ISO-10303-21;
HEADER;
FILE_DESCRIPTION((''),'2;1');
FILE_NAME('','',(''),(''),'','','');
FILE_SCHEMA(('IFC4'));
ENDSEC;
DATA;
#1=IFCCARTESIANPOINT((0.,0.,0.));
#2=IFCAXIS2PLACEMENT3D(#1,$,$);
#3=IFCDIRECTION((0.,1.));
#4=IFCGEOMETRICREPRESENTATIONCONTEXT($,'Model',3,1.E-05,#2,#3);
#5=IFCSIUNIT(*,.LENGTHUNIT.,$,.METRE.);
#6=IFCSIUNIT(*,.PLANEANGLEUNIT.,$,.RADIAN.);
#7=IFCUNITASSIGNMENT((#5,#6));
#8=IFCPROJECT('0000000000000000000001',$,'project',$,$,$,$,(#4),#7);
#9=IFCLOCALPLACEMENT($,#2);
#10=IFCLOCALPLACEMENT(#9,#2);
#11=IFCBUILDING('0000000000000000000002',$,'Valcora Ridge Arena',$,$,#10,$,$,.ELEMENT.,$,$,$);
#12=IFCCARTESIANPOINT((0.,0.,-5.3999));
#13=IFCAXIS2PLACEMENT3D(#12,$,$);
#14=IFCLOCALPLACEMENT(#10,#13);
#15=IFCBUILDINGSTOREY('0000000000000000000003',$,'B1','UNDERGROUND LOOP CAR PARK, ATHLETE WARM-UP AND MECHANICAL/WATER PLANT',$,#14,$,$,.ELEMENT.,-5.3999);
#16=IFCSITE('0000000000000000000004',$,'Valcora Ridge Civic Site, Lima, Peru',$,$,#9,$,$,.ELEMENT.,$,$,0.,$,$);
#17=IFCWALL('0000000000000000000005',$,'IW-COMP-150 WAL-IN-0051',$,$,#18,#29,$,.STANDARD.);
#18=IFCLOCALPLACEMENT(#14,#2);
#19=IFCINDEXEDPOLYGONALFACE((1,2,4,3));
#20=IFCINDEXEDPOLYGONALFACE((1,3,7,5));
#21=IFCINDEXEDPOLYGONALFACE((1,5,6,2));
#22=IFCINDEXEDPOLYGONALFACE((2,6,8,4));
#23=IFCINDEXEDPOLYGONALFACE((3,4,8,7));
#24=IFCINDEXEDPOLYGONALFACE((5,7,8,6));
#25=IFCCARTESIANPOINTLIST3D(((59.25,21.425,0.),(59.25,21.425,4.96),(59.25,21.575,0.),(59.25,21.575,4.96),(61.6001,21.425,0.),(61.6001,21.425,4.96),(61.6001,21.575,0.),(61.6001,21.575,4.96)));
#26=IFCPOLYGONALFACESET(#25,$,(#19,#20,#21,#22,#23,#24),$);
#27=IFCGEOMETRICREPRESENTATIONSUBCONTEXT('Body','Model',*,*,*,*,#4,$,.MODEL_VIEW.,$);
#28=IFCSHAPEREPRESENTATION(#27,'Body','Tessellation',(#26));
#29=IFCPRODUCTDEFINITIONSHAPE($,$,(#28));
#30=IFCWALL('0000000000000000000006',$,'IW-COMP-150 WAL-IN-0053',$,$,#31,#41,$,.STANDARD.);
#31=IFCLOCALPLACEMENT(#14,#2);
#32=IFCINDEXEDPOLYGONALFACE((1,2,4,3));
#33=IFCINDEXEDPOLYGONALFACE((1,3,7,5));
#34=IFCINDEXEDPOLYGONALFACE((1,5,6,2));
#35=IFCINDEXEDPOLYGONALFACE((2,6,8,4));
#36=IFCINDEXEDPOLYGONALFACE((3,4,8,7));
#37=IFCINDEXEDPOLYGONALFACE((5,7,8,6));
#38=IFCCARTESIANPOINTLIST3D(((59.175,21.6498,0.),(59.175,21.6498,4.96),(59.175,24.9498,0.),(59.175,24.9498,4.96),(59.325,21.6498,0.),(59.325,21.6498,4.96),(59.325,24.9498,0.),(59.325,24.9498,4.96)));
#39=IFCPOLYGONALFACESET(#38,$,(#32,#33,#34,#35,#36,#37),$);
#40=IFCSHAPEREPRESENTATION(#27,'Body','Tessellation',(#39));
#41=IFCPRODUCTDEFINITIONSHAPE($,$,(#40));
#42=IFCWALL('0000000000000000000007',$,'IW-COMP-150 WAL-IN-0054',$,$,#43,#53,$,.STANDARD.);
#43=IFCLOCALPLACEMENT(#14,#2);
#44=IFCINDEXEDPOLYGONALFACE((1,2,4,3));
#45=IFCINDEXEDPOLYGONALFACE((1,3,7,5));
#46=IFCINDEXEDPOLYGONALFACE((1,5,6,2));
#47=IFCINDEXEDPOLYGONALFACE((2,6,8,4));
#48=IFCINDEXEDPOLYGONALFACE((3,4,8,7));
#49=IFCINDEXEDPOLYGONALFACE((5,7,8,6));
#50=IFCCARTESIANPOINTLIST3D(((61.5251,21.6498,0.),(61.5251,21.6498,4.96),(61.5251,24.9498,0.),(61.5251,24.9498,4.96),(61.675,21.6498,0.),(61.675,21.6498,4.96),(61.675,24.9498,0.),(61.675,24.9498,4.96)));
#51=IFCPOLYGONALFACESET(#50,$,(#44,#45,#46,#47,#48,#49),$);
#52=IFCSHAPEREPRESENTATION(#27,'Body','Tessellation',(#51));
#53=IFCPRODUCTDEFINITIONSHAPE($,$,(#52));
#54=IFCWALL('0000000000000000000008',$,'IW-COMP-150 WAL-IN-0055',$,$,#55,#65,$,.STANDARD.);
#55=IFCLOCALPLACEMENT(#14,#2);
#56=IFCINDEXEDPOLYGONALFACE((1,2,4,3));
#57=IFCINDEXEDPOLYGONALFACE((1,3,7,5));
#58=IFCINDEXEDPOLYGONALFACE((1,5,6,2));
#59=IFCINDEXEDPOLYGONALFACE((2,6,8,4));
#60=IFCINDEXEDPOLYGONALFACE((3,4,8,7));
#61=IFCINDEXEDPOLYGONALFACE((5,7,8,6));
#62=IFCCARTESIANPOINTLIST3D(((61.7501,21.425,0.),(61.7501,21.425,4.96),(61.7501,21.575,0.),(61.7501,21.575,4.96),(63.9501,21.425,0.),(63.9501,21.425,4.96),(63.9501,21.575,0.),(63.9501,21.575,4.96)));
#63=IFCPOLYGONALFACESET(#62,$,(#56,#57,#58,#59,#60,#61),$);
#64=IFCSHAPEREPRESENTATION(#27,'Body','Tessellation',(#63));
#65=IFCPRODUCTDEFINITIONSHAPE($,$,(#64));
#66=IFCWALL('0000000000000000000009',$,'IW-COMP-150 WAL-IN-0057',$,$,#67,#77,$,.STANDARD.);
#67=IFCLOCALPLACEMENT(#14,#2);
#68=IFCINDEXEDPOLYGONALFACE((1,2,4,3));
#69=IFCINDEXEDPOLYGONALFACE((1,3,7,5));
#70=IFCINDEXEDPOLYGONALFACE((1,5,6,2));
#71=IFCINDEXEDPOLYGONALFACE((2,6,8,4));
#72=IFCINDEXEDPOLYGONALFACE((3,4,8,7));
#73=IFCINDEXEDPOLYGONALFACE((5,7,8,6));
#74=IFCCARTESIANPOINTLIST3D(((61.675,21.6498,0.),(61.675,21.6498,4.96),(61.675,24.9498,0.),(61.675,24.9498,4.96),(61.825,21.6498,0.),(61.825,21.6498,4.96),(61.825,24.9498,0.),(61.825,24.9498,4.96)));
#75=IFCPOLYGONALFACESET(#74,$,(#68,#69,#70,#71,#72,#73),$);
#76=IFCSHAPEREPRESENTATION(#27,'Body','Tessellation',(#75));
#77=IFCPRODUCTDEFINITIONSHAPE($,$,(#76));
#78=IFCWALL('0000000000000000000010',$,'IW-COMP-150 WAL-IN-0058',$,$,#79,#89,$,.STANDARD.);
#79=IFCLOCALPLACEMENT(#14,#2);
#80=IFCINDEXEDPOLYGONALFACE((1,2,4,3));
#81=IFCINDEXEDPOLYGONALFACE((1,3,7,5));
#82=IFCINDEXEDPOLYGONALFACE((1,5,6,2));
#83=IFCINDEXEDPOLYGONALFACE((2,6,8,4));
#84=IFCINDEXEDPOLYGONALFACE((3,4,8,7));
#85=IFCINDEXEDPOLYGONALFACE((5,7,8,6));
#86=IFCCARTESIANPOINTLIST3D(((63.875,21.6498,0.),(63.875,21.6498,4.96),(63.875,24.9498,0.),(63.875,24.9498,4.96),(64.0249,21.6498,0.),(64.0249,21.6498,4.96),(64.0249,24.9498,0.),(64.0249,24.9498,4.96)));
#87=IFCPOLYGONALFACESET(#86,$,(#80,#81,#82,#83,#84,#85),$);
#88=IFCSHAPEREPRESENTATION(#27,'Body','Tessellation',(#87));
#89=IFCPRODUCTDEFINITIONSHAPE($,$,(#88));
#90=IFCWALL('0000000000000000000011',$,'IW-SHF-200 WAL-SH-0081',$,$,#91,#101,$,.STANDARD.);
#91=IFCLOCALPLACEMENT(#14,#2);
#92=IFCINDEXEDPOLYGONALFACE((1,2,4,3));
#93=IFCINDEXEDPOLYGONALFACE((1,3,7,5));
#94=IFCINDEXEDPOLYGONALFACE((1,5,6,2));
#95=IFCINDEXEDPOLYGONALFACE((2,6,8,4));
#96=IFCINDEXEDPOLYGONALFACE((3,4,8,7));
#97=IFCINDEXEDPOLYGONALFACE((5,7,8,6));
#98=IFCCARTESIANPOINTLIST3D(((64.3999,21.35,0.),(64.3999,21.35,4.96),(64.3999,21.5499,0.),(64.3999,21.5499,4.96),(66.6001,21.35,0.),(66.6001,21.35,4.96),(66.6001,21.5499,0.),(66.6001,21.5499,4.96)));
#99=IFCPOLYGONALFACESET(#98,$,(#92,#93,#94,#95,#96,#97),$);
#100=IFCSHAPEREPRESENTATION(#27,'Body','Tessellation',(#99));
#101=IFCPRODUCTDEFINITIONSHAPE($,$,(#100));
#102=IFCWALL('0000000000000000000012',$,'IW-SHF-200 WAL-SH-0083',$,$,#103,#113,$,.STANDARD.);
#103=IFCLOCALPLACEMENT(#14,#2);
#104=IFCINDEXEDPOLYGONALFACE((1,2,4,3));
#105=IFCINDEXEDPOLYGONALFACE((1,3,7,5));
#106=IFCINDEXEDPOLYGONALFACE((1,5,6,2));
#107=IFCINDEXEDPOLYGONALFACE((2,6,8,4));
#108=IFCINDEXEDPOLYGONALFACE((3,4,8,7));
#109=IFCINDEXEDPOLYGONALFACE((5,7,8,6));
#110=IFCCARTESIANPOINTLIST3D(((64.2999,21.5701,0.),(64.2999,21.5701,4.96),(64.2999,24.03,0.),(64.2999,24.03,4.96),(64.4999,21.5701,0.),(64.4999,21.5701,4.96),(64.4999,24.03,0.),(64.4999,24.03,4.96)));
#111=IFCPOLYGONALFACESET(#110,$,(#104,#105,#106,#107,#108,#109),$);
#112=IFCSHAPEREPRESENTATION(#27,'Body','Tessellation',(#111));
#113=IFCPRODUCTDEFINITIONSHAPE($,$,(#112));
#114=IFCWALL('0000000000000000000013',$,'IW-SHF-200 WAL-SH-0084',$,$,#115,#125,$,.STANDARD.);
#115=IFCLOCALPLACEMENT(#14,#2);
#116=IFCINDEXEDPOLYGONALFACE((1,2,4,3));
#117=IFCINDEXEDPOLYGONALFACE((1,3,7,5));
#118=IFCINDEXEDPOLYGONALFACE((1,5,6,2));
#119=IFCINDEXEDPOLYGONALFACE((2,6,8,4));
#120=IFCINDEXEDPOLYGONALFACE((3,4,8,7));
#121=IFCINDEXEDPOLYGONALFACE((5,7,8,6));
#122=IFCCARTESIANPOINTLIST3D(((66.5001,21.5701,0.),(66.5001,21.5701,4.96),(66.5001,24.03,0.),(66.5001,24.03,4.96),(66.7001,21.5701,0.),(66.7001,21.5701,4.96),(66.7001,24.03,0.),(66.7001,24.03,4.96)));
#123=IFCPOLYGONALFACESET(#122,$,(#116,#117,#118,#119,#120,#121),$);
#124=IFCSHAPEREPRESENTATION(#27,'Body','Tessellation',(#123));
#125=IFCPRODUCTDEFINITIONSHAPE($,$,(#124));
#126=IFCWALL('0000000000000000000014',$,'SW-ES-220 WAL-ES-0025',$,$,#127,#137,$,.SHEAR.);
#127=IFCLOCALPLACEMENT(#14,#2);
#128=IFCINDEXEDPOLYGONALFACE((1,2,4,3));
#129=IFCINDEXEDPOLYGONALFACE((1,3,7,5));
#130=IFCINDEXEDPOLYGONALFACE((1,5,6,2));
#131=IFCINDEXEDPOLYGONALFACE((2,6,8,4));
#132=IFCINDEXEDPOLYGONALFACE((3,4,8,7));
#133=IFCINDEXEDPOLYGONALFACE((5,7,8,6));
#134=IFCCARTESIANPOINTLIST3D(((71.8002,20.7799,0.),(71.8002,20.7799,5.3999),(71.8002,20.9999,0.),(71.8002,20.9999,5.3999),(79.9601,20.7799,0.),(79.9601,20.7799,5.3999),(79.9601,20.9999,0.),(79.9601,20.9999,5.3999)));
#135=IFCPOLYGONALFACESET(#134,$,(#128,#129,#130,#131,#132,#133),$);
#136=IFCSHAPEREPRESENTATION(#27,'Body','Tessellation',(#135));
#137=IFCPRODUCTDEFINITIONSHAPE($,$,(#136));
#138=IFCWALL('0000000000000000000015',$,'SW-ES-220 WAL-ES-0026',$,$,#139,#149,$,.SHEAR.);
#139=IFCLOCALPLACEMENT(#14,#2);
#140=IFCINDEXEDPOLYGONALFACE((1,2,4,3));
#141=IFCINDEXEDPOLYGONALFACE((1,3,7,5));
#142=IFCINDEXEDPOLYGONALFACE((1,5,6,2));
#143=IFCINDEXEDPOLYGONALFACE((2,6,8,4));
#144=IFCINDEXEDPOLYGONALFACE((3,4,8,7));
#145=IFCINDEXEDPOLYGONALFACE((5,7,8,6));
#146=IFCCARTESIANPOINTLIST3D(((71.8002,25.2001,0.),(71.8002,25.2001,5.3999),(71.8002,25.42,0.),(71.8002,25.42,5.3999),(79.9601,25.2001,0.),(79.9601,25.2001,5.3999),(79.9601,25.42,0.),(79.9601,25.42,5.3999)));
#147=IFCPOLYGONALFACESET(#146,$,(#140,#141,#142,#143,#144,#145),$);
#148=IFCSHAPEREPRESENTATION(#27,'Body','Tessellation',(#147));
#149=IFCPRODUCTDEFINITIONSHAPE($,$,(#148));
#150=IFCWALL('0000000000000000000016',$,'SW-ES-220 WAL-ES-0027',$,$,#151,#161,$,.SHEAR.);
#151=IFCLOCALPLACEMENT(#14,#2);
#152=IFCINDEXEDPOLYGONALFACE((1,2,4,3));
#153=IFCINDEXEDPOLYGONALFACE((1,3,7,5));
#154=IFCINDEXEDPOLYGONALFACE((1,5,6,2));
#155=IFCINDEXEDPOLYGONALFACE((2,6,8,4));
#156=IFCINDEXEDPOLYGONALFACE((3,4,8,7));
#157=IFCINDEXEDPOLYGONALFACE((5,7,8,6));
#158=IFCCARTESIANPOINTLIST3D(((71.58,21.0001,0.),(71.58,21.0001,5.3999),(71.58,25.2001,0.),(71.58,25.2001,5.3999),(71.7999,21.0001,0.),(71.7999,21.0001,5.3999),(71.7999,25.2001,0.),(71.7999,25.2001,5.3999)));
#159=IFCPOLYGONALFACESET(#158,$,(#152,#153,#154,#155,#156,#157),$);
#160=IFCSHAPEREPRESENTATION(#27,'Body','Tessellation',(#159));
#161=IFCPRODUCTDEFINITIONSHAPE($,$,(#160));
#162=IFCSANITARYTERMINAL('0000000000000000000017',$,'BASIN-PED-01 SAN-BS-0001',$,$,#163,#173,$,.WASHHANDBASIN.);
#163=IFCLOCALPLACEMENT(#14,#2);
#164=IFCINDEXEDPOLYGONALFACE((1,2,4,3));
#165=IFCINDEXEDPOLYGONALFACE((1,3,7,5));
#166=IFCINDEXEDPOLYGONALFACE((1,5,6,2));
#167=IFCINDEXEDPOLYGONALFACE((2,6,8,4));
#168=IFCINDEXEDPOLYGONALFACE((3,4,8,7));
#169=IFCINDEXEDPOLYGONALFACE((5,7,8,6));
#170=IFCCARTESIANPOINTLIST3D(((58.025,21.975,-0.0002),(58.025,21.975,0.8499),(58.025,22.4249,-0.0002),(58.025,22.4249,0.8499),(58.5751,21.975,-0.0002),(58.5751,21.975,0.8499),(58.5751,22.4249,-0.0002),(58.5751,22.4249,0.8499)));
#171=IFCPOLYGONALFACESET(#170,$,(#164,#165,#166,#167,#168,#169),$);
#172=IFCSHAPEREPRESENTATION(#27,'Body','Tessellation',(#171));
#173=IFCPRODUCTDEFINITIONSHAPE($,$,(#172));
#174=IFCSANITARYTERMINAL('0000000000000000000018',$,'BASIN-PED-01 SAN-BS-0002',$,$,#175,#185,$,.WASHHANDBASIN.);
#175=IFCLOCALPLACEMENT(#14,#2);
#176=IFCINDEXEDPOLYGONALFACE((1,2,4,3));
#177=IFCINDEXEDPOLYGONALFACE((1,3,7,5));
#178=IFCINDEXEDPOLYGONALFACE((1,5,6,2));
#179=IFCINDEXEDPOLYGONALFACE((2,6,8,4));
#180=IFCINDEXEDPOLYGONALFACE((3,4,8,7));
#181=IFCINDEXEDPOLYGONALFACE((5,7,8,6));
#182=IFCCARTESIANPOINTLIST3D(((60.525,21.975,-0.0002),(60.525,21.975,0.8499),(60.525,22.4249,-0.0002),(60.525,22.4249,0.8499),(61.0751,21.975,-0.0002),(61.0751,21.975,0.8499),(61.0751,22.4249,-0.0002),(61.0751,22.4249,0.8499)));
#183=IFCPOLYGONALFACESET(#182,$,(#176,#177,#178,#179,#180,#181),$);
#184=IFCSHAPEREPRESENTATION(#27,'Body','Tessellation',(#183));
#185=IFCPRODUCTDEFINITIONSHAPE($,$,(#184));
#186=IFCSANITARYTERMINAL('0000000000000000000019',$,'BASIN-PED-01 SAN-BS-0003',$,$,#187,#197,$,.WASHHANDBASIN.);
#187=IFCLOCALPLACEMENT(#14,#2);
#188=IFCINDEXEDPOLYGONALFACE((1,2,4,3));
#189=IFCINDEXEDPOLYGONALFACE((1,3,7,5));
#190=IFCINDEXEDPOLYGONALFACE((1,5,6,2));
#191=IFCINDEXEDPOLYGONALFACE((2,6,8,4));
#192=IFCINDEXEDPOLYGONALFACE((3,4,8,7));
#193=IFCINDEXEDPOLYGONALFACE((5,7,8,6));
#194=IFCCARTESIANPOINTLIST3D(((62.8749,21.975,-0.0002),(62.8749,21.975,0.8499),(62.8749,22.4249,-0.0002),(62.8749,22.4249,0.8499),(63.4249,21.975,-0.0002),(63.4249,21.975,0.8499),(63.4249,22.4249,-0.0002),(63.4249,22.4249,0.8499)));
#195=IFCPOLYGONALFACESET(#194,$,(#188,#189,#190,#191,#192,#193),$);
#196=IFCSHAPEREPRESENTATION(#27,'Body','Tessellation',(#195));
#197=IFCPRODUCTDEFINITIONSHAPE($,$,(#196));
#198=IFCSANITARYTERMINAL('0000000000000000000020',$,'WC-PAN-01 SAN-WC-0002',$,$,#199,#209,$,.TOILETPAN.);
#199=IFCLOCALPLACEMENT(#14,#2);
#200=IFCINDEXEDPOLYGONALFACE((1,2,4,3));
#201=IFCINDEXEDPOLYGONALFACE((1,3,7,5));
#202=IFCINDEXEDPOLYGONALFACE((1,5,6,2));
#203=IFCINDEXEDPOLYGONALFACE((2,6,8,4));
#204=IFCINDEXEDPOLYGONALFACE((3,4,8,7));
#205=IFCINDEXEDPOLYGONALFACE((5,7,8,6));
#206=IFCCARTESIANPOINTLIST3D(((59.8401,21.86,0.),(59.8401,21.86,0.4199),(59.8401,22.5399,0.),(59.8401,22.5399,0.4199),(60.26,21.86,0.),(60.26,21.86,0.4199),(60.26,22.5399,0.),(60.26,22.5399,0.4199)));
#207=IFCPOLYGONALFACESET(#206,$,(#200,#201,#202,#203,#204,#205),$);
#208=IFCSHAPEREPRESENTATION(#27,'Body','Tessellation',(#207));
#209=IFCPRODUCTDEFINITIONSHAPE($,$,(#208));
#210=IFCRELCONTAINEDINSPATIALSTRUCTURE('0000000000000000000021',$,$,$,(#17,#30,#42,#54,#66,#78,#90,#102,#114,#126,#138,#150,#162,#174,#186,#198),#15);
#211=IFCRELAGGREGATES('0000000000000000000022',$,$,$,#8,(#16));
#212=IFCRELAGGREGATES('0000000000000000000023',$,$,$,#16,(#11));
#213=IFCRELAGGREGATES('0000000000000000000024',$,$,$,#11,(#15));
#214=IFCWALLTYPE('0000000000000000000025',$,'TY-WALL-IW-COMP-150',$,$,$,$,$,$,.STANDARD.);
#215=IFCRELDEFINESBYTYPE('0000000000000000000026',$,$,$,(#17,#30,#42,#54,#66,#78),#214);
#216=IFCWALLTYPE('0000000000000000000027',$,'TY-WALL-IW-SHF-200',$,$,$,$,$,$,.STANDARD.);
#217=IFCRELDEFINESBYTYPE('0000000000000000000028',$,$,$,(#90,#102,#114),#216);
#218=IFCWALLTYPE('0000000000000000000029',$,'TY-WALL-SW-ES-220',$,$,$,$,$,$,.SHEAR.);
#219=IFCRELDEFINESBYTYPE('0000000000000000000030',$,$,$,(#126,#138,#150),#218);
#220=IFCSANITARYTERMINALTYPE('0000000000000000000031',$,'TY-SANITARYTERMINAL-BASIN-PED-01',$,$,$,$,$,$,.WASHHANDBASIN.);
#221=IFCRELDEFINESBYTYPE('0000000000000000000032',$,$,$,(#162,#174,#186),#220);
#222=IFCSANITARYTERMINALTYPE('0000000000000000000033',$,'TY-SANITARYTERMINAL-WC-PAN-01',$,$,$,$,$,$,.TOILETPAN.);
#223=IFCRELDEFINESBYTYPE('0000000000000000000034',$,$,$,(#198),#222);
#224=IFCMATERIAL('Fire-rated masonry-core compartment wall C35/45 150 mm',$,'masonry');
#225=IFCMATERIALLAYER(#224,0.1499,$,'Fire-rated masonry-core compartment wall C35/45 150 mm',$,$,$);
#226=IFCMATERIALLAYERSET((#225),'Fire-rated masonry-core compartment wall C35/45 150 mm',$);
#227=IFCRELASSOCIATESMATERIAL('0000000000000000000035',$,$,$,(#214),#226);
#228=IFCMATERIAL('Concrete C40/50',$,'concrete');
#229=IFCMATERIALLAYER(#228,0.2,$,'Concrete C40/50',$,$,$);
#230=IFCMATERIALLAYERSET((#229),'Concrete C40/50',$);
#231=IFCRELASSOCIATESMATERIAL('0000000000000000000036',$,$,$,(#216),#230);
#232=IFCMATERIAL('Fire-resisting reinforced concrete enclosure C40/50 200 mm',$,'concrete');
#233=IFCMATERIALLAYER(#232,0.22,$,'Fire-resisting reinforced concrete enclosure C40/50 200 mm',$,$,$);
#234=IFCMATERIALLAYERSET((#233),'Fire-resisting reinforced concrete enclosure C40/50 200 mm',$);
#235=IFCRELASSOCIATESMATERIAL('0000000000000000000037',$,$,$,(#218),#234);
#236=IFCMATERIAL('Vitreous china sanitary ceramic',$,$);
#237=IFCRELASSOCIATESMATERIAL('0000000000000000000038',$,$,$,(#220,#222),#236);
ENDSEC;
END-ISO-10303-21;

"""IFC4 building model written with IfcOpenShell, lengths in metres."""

from ifc_helpers import new_model, si_unit, direction, frame, frame_2d, origin, origin_2d, place, context, subcontext, project, spatial, rectangle, extrude, material, layer, layer_set, type_object, element, save


model = new_model("IFC4")

# Units and contexts
model_context = context("Model", 3, precision=1e-05, world=origin(), true_north=direction((0.0, 1.0)))
body_context = subcontext(model_context, "Body", "Model", "MODEL_VIEW")
ifc_project = project(units=[si_unit("LENGTHUNIT", "METRE"), si_unit("PLANEANGLEUNIT", "RADIAN")], contexts=[model_context])

# Site, building, storey
site_placement = place(None, origin())
site = spatial("IfcSite", under=ifc_project, at=site_placement, Name="Valcora Ridge Civic Site, Lima, Peru", CompositionType="ELEMENT", RefElevation=0.0)
building_placement = place(site_placement, origin())
building = spatial("IfcBuilding", under=site, at=building_placement, Name="Valcora Ridge Arena", CompositionType="ELEMENT")
storey_placement = place(building_placement, frame((0.0, 0.0, -5.3999)))
storey = spatial("IfcBuildingStorey", under=building, at=storey_placement, Name="B1", Description="UNDERGROUND LOOP CAR PARK, ATHLETE WARM-UP AND MECHANICAL/WATER PLANT", CompositionType="ELEMENT", Elevation=-5.3999)

# Shared definitions
ifc_material_1 = material(Name="Concrete C40/50", Category="concrete")

# Wall
ifc_material_2 = material(Name="Fire-rated masonry-core compartment wall C35/45 150 mm", Category="masonry")
ifc_layer_1 = layer(ifc_material_2, 0.1499, Name="Fire-rated masonry-core compartment wall C35/45 150 mm")
ifc_layer_set_1 = layer_set([ifc_layer_1], Name="Fire-rated masonry-core compartment wall C35/45 150 mm")
wall_type_1 = type_object("IfcWallType", Name="TY-WALL-IW-COMP-150", PredefinedType="STANDARD", material=ifc_layer_set_1)
wall_1_placement = place(storey_placement, frame((59.25, 21.5, 0.0), z_axis=(0.0, 0.0, 1.0), x_axis=(1.0, 0.0, 0.0)))
element("IfcWall", 1, at=wall_1_placement, inside=storey, type_object=wall_type_1, Name="IW-COMP-150 WAL-IN-0051", PredefinedType="STANDARD", context=body_context, shape_type="SweptSolid", body=[
    extrude(rectangle(XDim=2.3501, YDim=0.1499, at=frame_2d((1.175, 0.0))), origin(), (0.0, 0.0, 1.0), 4.96),
])

# Walls
for number, where, z_axis, x_axis, name in (
    (2, (59.25, 21.6499, 0.0), (0.0, 0.0, 1.0), (0.0, 1.0, 0.0), "IW-COMP-150 WAL-IN-0053"),
    (3, (61.6001, 21.6499, 0.0), (0.0, 0.0, 1.0), (0.0, 1.0, 0.0), "IW-COMP-150 WAL-IN-0054"),
):
    element("IfcWall", number, at=place(storey_placement, frame(where, z_axis=z_axis, x_axis=x_axis)), inside=storey, type_object=wall_type_1, Name=name, PredefinedType="STANDARD", context=body_context, shape_type="SweptSolid", body=[
        extrude(rectangle(XDim=3.3, YDim=0.1499, at=frame_2d((1.6499, 0.0))), origin(), (0.0, 0.0, 1.0), 4.96),
    ])
wall_2_placement = place(storey_placement, frame((61.75, 21.5, 0.0), z_axis=(0.0, 0.0, 1.0), x_axis=(1.0, 0.0, 0.0)))
element("IfcWall", 4, at=wall_2_placement, inside=storey, type_object=wall_type_1, Name="IW-COMP-150 WAL-IN-0055", PredefinedType="STANDARD", context=body_context, shape_type="SweptSolid", body=[
    extrude(rectangle(XDim=2.2, YDim=0.1499, at=frame_2d((1.1001, 0.0))), origin(), (0.0, 0.0, 1.0), 4.96),
])

# Walls
for number, where, z_axis, x_axis, name in (
    (5, (61.75, 21.6499, 0.0), (0.0, 0.0, 1.0), (0.0, 1.0, 0.0), "IW-COMP-150 WAL-IN-0057"),
    (6, (63.95, 21.6499, 0.0), (0.0, 0.0, 1.0), (0.0, 1.0, 0.0), "IW-COMP-150 WAL-IN-0058"),
):
    element("IfcWall", number, at=place(storey_placement, frame(where, z_axis=z_axis, x_axis=x_axis)), inside=storey, type_object=wall_type_1, Name=name, PredefinedType="STANDARD", context=body_context, shape_type="SweptSolid", body=[
        extrude(rectangle(XDim=3.3, YDim=0.1499, at=frame_2d((1.6499, 0.0))), origin(), (0.0, 0.0, 1.0), 4.96),
    ])
ifc_layer_2 = layer(ifc_material_1, 0.2, Name="Concrete C40/50")
ifc_layer_set_2 = layer_set([ifc_layer_2], Name="Concrete C40/50")
wall_type_2 = type_object("IfcWallType", Name="TY-WALL-IW-SHF-200", PredefinedType="STANDARD", material=ifc_layer_set_2)
wall_3_placement = place(storey_placement, frame((64.3999, 21.45, 0.0), z_axis=(0.0, 0.0, 1.0), x_axis=(1.0, 0.0, 0.0)))
element("IfcWall", 7, at=wall_3_placement, inside=storey, type_object=wall_type_2, Name="IW-SHF-200 WAL-SH-0081", PredefinedType="STANDARD", context=body_context, shape_type="SweptSolid", body=[
    extrude(rectangle(XDim=2.2002, YDim=0.2, at=frame_2d((1.1001, 0.0))), origin(), (0.0, 0.0, 1.0), 4.96),
])

# Walls
for number, where, z_axis, x_axis, name in (
    (8, (64.3999, 21.5701, 0.0), (0.0, 0.0, 1.0), (0.0, 1.0, 0.0), "IW-SHF-200 WAL-SH-0083"),
    (9, (66.6001, 21.5701, 0.0), (0.0, 0.0, 1.0), (0.0, 1.0, 0.0), "IW-SHF-200 WAL-SH-0084"),
):
    element("IfcWall", number, at=place(storey_placement, frame(where, z_axis=z_axis, x_axis=x_axis)), inside=storey, type_object=wall_type_2, Name=name, PredefinedType="STANDARD", context=body_context, shape_type="SweptSolid", body=[
        extrude(rectangle(XDim=2.46, YDim=0.2, at=frame_2d((1.23, 0.0))), origin(), (0.0, 0.0, 1.0), 4.96),
    ])
ifc_material_3 = material(Name="Fire-resisting reinforced concrete enclosure C40/50 200 mm", Category="concrete")
ifc_layer_3 = layer(ifc_material_3, 0.22, Name="Fire-resisting reinforced concrete enclosure C40/50 200 mm")
ifc_layer_set_3 = layer_set([ifc_layer_3], Name="Fire-resisting reinforced concrete enclosure C40/50 200 mm")
wall_type_3 = type_object("IfcWallType", Name="TY-WALL-SW-ES-220", PredefinedType="SHEAR", material=ifc_layer_set_3)
for number, where, z_axis, x_axis, name in (
    (10, (71.8, 20.8899, 0.0), (0.0, 0.0, 1.0), (1.0, 0.0, 0.0), "SW-ES-220 WAL-ES-0025"),
    (11, (71.8, 25.3101, 0.0), (0.0, 0.0, 1.0), (1.0, 0.0, 0.0), "SW-ES-220 WAL-ES-0026"),
):
    element("IfcWall", number, at=place(storey_placement, frame(where, z_axis=z_axis, x_axis=x_axis)), inside=storey, type_object=wall_type_3, Name=name, PredefinedType="SHEAR", context=body_context, shape_type="SweptSolid", body=[
        extrude(rectangle(XDim=8.1599, YDim=0.22, at=frame_2d((4.0801, 0.0))), origin(), (0.0, 0.0, 1.0), 5.3999),
    ])
wall_4_placement = place(storey_placement, frame((71.6899, 21.0, 0.0), z_axis=(0.0, 0.0, 1.0), x_axis=(0.0, 1.0, 0.0)))
element("IfcWall", 12, at=wall_4_placement, inside=storey, type_object=wall_type_3, Name="SW-ES-220 WAL-ES-0027", PredefinedType="SHEAR", context=body_context, shape_type="SweptSolid", body=[
    extrude(rectangle(XDim=4.2, YDim=0.22, at=frame_2d((2.1001, 0.0))), origin(), (0.0, 0.0, 1.0), 5.3999),
])

# Sanitary terminals
ifc_material_4 = material(Name="Vitreous china sanitary ceramic")
sanitary_terminal_type_1 = type_object("IfcSanitaryTerminalType", Name="TY-SANITARYTERMINAL-BASIN-PED-01", PredefinedType="WASHHANDBASIN", material=ifc_material_4)
for number, where, z_axis, x_axis, name in (
    (13, (58.3, 22.2, -0.0002), (0.0, 0.0, 1.0), (1.0, 0.0, 0.0), "BASIN-PED-01 SAN-BS-0001"),
    (14, (60.8, 22.2, -0.0002), (0.0, 0.0, 1.0), (1.0, 0.0, 0.0), "BASIN-PED-01 SAN-BS-0002"),
    (15, (63.1499, 22.2, -0.0002), (0.0, 0.0, 1.0), (1.0, 0.0, 0.0), "BASIN-PED-01 SAN-BS-0003"),
):
    element("IfcSanitaryTerminal", number, at=place(storey_placement, frame(where, z_axis=z_axis, x_axis=x_axis)), inside=storey, type_object=sanitary_terminal_type_1, Name=name, PredefinedType="WASHHANDBASIN", context=body_context, shape_type="SweptSolid", body=[
        extrude(rectangle(XDim=0.55, YDim=0.45, at=origin_2d()), origin(), (0.0, 0.0, 1.0), 0.8501),
    ])
sanitary_terminal_type_2 = type_object("IfcSanitaryTerminalType", Name="TY-SANITARYTERMINAL-WC-PAN-01", PredefinedType="TOILETPAN", material=ifc_material_4)
for number, where, z_axis, x_axis, name in (
    (16, (60.05, 22.2, 0.0), (0.0, 0.0, 1.0), (1.0, 0.0, 0.0), "WC-PAN-01 SAN-WC-0002"),
):
    element("IfcSanitaryTerminal", number, at=place(storey_placement, frame(where, z_axis=z_axis, x_axis=x_axis)), inside=storey, type_object=sanitary_terminal_type_2, Name=name, PredefinedType="TOILETPAN", context=body_context, shape_type="SweptSolid", body=[
        extrude(rectangle(XDim=0.4199, YDim=0.6799, at=origin_2d()), origin(), (0.0, 0.0, 1.0), 0.4199),
    ])

save(model, "model.ifc")
